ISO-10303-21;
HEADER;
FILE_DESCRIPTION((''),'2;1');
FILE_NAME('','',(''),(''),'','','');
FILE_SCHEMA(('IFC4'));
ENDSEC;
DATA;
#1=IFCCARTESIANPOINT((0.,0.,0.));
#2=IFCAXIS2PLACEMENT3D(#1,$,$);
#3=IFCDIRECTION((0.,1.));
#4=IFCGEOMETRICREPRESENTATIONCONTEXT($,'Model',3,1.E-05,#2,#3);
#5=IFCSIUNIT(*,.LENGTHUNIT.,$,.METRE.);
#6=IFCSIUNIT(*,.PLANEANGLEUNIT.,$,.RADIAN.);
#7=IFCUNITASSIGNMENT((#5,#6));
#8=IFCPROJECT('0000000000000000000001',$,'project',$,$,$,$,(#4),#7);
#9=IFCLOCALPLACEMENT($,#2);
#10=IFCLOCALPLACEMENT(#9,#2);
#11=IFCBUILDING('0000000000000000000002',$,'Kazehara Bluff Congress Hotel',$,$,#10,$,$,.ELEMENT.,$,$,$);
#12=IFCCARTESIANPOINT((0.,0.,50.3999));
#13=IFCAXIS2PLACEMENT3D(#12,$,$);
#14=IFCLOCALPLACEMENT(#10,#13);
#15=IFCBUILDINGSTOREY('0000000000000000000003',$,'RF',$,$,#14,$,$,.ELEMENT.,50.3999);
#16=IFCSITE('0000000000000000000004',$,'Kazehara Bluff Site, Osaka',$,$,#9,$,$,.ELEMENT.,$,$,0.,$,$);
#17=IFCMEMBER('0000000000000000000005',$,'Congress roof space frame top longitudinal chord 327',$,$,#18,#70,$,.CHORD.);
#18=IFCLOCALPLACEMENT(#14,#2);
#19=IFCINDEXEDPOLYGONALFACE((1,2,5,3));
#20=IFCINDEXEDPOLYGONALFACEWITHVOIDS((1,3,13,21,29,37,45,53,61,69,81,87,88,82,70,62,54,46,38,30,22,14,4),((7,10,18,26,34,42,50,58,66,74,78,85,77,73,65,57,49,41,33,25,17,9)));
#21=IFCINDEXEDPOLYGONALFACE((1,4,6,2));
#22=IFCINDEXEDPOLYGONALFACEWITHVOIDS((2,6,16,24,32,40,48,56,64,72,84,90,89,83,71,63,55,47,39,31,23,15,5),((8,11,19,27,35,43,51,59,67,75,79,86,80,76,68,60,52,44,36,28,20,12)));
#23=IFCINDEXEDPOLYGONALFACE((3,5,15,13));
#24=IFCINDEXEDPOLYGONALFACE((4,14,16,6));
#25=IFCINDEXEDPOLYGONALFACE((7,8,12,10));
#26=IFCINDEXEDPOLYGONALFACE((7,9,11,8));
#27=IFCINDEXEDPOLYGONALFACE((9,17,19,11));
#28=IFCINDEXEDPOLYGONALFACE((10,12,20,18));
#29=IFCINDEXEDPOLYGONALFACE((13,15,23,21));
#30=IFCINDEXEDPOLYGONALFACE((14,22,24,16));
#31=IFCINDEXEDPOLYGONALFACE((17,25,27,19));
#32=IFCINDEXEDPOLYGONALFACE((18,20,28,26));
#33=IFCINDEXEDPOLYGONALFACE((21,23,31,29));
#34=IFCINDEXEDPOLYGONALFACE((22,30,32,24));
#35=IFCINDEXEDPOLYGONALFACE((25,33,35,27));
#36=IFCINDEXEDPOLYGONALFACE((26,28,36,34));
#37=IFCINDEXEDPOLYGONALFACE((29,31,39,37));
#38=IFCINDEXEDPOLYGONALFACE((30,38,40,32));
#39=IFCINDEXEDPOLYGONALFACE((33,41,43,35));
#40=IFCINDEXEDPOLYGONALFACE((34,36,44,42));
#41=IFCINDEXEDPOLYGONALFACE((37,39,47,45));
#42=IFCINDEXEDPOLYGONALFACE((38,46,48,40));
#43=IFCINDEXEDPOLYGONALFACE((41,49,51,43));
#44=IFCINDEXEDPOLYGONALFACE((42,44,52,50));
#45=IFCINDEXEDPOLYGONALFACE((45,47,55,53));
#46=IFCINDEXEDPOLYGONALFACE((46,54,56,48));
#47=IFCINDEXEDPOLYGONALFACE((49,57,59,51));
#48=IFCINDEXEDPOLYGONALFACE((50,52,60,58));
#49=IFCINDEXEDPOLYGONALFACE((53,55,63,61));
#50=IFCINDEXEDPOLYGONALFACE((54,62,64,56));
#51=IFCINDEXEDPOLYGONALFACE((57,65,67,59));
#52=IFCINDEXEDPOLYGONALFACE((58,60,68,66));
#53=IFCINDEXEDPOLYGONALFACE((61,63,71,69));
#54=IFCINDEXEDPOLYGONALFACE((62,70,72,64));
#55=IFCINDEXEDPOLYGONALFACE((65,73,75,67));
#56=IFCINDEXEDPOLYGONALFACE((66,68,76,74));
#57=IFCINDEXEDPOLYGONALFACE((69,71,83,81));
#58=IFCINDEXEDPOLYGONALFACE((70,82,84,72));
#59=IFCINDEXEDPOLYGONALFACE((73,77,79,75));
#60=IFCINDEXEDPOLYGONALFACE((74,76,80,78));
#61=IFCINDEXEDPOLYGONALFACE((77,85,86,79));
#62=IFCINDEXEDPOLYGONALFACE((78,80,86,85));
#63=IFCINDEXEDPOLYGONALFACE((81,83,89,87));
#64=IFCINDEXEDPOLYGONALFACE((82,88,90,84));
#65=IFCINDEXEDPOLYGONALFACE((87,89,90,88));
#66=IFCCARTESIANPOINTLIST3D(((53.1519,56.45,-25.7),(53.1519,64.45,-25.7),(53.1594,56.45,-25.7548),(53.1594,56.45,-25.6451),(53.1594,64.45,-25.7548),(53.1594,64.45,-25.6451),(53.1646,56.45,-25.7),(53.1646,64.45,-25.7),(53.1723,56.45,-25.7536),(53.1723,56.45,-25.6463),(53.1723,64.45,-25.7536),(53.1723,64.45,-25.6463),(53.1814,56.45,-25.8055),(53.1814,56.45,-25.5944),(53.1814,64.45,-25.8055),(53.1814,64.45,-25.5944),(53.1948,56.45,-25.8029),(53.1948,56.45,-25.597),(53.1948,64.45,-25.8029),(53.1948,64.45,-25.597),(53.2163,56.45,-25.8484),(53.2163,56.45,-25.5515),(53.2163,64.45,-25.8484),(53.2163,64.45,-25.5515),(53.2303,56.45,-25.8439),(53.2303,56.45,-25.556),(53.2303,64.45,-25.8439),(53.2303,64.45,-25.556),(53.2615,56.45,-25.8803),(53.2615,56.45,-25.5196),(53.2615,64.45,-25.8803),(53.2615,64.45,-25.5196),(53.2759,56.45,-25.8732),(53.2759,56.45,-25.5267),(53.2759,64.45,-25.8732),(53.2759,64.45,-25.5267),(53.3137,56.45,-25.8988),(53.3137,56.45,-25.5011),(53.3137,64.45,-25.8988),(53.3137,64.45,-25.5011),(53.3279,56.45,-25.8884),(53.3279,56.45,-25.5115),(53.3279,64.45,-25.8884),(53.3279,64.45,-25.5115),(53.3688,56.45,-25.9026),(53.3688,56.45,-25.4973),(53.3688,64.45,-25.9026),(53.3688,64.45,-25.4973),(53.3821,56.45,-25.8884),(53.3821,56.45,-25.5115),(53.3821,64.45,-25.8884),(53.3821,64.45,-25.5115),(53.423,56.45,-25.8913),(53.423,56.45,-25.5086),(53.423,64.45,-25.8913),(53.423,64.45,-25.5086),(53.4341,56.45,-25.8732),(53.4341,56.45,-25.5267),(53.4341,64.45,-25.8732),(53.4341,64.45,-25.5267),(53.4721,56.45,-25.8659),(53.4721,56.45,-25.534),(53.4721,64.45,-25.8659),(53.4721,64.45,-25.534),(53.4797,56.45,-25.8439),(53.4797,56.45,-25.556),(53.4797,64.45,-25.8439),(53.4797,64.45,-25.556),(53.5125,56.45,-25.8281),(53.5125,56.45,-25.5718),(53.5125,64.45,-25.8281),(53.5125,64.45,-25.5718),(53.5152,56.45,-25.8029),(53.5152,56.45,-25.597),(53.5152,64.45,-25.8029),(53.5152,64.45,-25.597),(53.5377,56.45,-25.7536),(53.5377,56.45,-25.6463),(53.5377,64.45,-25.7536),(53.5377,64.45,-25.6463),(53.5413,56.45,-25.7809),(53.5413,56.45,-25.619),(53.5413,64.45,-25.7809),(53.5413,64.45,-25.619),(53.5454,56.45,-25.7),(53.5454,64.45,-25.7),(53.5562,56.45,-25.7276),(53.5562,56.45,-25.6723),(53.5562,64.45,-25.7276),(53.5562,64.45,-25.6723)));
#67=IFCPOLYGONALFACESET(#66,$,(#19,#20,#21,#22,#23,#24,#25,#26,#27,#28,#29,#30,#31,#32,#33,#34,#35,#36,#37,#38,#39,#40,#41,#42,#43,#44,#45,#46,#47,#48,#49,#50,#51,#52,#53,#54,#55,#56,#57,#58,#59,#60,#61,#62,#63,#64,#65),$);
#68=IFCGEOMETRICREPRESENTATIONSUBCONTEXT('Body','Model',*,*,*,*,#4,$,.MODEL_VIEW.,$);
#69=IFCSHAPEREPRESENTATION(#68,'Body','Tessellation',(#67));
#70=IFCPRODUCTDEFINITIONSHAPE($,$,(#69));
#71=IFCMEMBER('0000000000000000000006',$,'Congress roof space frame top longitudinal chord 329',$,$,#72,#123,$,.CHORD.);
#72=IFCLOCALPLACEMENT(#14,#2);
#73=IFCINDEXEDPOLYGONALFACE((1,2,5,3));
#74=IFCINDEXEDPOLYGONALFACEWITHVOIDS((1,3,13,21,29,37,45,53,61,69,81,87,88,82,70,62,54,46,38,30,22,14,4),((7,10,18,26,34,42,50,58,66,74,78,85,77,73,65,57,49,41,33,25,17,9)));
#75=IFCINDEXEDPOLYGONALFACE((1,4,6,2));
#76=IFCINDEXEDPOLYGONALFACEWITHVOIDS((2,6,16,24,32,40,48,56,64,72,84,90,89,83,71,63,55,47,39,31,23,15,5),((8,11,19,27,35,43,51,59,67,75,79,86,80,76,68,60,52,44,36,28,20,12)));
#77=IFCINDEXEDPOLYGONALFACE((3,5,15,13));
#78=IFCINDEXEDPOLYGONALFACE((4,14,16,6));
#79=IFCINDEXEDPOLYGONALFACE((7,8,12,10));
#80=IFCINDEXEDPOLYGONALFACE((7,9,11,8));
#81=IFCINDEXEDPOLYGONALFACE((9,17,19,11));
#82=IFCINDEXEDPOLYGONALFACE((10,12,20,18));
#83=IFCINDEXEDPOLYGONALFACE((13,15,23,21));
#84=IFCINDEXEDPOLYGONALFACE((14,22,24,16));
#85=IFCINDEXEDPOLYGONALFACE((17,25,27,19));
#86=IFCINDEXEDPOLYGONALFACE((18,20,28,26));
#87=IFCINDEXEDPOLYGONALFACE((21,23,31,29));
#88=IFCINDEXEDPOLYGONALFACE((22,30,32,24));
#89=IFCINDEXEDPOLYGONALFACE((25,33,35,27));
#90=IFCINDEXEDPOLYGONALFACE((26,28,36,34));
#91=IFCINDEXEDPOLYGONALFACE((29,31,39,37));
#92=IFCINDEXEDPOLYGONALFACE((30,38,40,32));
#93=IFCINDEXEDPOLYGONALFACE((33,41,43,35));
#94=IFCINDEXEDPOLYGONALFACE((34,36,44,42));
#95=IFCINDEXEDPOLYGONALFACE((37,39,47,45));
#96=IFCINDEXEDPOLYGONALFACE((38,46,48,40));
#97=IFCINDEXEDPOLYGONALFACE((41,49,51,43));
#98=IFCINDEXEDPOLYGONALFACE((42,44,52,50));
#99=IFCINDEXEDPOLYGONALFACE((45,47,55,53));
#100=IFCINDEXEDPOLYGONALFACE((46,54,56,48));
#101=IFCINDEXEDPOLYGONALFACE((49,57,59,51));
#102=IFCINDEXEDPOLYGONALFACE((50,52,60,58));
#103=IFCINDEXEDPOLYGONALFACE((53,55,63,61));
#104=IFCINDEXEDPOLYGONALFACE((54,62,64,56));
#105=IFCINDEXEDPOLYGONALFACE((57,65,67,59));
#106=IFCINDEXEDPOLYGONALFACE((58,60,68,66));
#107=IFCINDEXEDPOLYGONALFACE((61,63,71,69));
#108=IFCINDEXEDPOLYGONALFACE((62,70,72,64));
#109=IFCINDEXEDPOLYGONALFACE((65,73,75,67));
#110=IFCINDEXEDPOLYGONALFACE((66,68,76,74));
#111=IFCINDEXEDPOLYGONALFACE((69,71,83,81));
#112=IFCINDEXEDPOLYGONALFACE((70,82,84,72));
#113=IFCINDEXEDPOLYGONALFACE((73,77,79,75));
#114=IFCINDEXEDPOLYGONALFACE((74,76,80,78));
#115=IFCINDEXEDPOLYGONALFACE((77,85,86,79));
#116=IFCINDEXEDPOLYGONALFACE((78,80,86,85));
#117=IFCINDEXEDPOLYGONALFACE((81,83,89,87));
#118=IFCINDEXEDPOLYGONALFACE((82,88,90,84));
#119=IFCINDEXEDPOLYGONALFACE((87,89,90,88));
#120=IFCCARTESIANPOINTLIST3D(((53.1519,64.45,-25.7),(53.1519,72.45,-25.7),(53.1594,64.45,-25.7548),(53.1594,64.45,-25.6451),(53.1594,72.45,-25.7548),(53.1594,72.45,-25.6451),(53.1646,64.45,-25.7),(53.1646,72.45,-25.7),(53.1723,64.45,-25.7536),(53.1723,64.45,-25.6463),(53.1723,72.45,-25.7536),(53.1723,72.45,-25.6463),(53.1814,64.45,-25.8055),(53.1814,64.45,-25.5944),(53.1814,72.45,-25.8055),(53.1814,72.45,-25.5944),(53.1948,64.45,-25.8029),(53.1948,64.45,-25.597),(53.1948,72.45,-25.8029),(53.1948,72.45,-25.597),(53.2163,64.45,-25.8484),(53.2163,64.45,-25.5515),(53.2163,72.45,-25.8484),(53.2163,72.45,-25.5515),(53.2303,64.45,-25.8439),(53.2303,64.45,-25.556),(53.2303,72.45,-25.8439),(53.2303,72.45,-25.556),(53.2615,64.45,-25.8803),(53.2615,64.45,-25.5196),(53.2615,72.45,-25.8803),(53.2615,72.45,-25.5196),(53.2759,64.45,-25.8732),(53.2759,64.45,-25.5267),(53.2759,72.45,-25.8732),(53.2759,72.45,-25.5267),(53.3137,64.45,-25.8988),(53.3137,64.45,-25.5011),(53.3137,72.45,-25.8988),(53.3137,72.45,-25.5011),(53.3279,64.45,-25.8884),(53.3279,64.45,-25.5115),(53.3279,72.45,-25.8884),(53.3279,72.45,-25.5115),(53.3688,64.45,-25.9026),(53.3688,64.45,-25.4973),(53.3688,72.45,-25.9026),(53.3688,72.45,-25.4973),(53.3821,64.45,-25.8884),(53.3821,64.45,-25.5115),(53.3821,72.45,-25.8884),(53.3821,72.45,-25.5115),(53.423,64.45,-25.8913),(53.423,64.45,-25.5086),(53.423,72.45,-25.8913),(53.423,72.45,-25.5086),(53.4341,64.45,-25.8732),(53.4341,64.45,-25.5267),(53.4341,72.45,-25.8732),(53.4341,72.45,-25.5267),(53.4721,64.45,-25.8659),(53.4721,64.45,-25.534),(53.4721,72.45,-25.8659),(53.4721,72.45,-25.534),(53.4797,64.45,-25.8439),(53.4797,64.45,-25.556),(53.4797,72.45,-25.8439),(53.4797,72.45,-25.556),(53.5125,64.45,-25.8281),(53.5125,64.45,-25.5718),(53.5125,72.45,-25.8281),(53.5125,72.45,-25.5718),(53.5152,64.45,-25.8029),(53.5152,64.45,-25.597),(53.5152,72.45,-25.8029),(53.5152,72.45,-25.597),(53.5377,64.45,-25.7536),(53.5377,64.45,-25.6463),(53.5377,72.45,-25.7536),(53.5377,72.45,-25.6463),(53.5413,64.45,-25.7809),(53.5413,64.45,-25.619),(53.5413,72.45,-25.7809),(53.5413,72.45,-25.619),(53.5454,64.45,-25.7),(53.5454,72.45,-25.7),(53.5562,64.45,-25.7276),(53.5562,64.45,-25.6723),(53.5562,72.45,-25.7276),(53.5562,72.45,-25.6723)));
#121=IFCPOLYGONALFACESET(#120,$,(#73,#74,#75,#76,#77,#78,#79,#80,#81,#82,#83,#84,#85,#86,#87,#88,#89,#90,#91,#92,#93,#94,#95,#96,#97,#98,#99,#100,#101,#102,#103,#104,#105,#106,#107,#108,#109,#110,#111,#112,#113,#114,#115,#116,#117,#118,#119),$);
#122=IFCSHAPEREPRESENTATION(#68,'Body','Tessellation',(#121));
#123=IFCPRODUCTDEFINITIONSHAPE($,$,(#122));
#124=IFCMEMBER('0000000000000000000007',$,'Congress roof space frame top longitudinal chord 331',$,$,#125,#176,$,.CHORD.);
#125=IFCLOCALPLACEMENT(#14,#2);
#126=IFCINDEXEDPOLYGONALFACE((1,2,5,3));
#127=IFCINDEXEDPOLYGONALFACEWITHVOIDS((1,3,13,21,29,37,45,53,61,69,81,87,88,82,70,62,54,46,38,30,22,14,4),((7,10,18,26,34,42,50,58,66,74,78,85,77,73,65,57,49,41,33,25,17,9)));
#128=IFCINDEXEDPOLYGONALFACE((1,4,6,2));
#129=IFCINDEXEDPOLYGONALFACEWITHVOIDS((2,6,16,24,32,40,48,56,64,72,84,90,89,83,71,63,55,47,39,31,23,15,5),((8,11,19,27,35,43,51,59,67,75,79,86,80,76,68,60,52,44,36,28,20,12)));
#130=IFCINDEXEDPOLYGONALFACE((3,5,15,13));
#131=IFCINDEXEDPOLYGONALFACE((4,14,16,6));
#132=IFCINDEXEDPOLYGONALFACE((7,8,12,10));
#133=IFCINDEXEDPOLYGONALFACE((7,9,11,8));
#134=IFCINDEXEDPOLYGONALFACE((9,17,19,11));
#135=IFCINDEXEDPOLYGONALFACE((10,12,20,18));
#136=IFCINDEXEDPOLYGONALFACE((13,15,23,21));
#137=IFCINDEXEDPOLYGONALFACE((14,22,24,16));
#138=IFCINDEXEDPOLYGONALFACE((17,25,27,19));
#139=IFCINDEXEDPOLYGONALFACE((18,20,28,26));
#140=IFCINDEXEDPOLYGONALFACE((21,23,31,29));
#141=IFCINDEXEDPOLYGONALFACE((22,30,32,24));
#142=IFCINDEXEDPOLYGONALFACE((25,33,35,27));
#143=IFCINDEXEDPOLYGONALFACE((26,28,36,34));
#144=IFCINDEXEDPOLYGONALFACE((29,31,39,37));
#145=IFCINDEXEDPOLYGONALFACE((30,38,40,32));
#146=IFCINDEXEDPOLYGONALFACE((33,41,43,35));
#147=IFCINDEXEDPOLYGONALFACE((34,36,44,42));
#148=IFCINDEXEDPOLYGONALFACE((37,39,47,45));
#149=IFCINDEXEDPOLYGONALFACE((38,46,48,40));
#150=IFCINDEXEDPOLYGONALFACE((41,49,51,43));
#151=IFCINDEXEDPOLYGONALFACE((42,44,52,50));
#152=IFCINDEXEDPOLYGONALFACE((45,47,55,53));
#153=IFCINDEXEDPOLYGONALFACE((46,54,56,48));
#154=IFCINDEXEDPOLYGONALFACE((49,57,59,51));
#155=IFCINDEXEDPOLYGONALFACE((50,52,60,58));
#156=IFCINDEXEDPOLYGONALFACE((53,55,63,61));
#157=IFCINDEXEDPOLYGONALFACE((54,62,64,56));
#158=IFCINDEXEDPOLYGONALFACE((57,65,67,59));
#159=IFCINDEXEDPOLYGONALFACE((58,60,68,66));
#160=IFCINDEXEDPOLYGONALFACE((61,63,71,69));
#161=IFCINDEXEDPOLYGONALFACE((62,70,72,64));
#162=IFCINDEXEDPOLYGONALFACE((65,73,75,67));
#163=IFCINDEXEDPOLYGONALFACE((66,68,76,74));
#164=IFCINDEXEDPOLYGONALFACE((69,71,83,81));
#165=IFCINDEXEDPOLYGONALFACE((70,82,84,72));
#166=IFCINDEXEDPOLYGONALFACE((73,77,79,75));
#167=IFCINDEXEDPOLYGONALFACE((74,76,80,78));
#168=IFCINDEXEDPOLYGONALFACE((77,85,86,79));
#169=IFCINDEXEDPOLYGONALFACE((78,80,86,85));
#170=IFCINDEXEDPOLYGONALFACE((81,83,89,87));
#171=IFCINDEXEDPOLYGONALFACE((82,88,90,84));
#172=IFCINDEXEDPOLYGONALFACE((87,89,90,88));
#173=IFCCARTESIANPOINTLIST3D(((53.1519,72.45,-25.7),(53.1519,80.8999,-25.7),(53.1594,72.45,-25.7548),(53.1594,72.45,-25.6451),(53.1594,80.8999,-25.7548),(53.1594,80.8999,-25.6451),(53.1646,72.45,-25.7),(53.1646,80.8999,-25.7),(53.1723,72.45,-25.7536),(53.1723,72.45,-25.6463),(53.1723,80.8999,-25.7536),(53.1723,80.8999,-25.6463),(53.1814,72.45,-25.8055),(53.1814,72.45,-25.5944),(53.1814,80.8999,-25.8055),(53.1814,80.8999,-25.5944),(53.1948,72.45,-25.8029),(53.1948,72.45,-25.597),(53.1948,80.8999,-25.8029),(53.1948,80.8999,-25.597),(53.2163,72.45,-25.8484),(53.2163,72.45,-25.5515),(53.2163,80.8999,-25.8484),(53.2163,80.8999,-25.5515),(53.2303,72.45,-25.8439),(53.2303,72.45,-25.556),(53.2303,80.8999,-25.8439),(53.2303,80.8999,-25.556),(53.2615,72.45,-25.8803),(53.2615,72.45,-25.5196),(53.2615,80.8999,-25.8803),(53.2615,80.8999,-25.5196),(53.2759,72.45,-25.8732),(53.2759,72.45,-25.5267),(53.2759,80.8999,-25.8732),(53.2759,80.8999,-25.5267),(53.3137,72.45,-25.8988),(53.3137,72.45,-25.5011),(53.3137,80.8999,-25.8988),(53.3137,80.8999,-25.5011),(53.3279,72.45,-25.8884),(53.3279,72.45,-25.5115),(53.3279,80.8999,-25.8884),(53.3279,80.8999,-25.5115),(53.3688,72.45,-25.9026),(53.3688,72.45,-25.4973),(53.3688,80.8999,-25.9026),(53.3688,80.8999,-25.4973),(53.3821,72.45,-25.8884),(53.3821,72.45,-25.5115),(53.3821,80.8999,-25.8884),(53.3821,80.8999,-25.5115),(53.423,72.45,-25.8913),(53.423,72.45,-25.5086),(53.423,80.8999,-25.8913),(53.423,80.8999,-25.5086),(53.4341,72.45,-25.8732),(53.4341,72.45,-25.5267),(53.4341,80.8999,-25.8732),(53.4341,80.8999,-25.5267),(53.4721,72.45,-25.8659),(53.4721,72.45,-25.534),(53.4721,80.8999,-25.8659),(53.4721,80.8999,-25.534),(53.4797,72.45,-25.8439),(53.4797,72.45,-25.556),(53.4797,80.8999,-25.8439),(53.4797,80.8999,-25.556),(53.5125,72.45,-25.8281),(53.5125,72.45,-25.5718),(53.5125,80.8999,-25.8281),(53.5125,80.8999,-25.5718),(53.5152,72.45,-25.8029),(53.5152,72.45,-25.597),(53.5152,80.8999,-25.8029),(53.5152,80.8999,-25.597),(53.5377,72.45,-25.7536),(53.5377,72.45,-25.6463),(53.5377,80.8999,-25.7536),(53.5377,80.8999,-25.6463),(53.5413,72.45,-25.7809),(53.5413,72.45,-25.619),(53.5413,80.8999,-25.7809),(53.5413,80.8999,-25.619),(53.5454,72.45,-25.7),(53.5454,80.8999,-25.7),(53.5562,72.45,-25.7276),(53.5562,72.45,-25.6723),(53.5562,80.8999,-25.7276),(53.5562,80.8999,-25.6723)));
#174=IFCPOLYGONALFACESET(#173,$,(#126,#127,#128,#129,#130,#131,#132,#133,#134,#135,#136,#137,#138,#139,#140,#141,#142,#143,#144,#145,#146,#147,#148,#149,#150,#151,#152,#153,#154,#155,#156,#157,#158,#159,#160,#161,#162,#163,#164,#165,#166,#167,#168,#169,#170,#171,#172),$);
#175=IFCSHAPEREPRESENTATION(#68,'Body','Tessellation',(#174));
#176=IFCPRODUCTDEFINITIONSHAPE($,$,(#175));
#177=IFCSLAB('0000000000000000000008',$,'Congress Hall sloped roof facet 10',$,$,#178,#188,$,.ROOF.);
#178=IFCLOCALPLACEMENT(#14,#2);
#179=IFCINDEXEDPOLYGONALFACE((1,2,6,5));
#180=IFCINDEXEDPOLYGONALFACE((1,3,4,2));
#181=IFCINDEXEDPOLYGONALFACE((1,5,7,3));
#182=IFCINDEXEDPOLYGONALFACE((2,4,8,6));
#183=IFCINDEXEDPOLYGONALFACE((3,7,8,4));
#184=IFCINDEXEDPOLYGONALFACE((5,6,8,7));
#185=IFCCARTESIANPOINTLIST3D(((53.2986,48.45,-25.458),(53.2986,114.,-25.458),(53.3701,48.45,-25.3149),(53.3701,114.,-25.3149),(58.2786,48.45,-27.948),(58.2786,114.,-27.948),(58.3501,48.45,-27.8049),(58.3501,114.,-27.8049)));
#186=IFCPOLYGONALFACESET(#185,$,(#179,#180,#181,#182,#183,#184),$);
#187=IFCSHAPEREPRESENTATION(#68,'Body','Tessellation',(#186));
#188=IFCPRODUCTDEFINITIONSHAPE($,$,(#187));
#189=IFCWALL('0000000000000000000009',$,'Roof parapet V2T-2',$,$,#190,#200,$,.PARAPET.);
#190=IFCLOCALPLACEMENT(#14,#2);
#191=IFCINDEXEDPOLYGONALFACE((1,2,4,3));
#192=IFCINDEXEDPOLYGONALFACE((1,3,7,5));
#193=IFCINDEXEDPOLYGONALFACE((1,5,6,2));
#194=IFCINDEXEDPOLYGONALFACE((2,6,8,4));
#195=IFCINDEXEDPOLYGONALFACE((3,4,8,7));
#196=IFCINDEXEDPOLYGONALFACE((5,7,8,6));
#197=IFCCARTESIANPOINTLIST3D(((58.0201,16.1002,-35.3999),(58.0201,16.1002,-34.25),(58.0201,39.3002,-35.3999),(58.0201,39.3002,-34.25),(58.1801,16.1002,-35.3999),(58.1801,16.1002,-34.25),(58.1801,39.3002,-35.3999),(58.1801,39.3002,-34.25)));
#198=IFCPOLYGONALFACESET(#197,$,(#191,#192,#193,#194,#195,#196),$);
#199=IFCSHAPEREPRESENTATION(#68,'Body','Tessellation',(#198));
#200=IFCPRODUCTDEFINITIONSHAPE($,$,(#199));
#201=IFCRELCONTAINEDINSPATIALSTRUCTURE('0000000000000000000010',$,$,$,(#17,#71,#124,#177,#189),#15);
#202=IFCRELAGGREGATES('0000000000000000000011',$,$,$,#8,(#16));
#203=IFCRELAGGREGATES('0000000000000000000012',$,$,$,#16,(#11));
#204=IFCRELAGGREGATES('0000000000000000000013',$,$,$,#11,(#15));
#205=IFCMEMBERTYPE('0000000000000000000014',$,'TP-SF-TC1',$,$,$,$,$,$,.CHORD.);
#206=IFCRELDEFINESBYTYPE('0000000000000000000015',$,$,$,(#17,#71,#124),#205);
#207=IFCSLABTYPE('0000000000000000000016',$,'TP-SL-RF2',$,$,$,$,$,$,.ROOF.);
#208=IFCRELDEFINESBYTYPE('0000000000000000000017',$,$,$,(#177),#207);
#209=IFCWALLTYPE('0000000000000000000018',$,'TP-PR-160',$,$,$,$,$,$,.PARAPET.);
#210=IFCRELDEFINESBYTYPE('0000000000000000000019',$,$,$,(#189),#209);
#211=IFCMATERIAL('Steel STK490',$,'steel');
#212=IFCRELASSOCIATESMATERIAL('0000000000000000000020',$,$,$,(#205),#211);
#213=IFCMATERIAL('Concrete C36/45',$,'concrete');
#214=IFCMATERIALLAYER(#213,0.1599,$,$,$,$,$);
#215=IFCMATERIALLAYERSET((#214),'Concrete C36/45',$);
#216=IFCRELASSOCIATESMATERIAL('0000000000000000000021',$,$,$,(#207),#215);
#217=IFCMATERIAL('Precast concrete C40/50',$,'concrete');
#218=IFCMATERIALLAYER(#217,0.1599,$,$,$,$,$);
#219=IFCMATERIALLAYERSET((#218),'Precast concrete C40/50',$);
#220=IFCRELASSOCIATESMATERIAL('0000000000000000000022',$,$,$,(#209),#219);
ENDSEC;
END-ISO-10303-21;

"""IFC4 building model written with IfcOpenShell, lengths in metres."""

from ifc_helpers import new_model, si_unit, direction, frame, frame_2d, origin, origin_2d, place, context, subcontext, project, spatial, polyline, rectangle, hollow_circle, outline, extrude, material, layer, layer_set, material_profile, profile_set, type_object, element, save


model = new_model("IFC4")

# Units and contexts
model_context = context("Model", 3, precision=1e-05, world=origin(), true_north=direction((0.0, 1.0)))
body_context = subcontext(model_context, "Body", "Model", "MODEL_VIEW")
ifc_project = project(units=[si_unit("LENGTHUNIT", "METRE"), si_unit("PLANEANGLEUNIT", "RADIAN")], contexts=[model_context])

# Site, building, storey
site_placement = place(None, origin())
site = spatial("IfcSite", under=ifc_project, at=site_placement, Name="Kazehara Bluff Site, Osaka", CompositionType="ELEMENT", RefElevation=0.0)
building_placement = place(site_placement, origin())
building = spatial("IfcBuilding", under=site, at=building_placement, Name="Kazehara Bluff Congress Hotel", CompositionType="ELEMENT")
storey_placement = place(building_placement, frame((0.0, 0.0, 50.3999)))
storey = spatial("IfcBuildingStorey", under=building, at=storey_placement, Name="RF", CompositionType="ELEMENT", Elevation=50.3999)

# Members
ifc_material_1 = material(Name="Steel STK490", Category="steel")
ifc_material_profile_1 = material_profile(ifc_material_1, hollow_circle(Radius=0.2031, WallThickness=0.0127, at=origin_2d()))
ifc_profile_set_1 = profile_set([ifc_material_profile_1], Name="Steel STK490")
member_type_1 = type_object("IfcMemberType", Name="TP-SF-TC1", PredefinedType="CHORD", material=ifc_profile_set_1)
for number, where, z_axis, x_axis, name in (
    (1, (53.355, 56.45, -25.7), (0.0, 1.0, 0.0), (-1.0, 0.0, 0.0), "Congress roof space frame top longitudinal chord 327"),
    (2, (53.355, 64.45, -25.7), (0.0, 1.0, 0.0), (-1.0, 0.0, 0.0), "Congress roof space frame top longitudinal chord 329"),
):
    element("IfcMember", number, at=place(storey_placement, frame(where, z_axis=z_axis, x_axis=x_axis)), inside=storey, type_object=member_type_1, Name=name, PredefinedType="CHORD", context=body_context, shape_type="SweptSolid", body=[
        extrude(hollow_circle(Radius=0.2031, WallThickness=0.0127, at=origin_2d()), origin(), (0.0, 0.0, 1.0), 8.0),
    ])
member_1_placement = place(storey_placement, frame((53.355, 72.45, -25.7), z_axis=(0.0, 1.0, 0.0), x_axis=(-1.0, 0.0, 0.0)))
element("IfcMember", 3, at=member_1_placement, inside=storey, type_object=member_type_1, Name="Congress roof space frame top longitudinal chord 331", PredefinedType="CHORD", context=body_context, shape_type="SweptSolid", body=[
    extrude(hollow_circle(Radius=0.2031, WallThickness=0.0127, at=origin_2d()), origin(), (0.0, 0.0, 1.0), 8.45),
])

# Slab
ifc_material_2 = material(Name="Concrete C36/45", Category="concrete")
ifc_layer_1 = layer(ifc_material_2, 0.1599)
ifc_layer_set_1 = layer_set([ifc_layer_1], Name="Concrete C36/45")
slab_type = type_object("IfcSlabType", Name="TP-SL-RF2", PredefinedType="ROOF", material=ifc_layer_set_1)
slab_placement = place(storey_placement, frame((53.3701, 48.45, -25.3149), z_axis=(0.447214, 0.0, 0.894427), x_axis=(0.894427, 0.0, -0.447214)))
element("IfcSlab", 4, at=slab_placement, inside=storey, type_object=slab_type, Name="Congress Hall sloped roof facet 10", PredefinedType="ROOF", context=body_context, shape_type="SweptSolid", body=[
    extrude(outline(polyline([(0.0, 0.0), (5.5678, 0.0), (5.5678, 65.55), (0.0, 65.55), (0.0, 0.0)])), origin(), (0.0, 0.0, -1.0), 0.1599),
])

# Wall
ifc_material_3 = material(Name="Precast concrete C40/50", Category="concrete")
ifc_layer_2 = layer(ifc_material_3, 0.1599)
ifc_layer_set_2 = layer_set([ifc_layer_2], Name="Precast concrete C40/50")
wall_type = type_object("IfcWallType", Name="TP-PR-160", PredefinedType="PARAPET", material=ifc_layer_set_2)
wall_1_placement = place(storey_placement, frame((58.1001, 16.1001, -35.3999), z_axis=(0.0, 0.0, 1.0), x_axis=(0.0, 1.0, 0.0)))
element("IfcWall", 5, at=wall_1_placement, inside=storey, type_object=wall_type, Name="Roof parapet V2T-2", PredefinedType="PARAPET", context=body_context, shape_type="SweptSolid", body=[
    extrude(rectangle(XDim=23.2, YDim=0.1599, at=frame_2d((11.6001, 0.0))), origin(), (0.0, 0.0, 1.0), 1.1499),
])

save(model, "model.ifc")
